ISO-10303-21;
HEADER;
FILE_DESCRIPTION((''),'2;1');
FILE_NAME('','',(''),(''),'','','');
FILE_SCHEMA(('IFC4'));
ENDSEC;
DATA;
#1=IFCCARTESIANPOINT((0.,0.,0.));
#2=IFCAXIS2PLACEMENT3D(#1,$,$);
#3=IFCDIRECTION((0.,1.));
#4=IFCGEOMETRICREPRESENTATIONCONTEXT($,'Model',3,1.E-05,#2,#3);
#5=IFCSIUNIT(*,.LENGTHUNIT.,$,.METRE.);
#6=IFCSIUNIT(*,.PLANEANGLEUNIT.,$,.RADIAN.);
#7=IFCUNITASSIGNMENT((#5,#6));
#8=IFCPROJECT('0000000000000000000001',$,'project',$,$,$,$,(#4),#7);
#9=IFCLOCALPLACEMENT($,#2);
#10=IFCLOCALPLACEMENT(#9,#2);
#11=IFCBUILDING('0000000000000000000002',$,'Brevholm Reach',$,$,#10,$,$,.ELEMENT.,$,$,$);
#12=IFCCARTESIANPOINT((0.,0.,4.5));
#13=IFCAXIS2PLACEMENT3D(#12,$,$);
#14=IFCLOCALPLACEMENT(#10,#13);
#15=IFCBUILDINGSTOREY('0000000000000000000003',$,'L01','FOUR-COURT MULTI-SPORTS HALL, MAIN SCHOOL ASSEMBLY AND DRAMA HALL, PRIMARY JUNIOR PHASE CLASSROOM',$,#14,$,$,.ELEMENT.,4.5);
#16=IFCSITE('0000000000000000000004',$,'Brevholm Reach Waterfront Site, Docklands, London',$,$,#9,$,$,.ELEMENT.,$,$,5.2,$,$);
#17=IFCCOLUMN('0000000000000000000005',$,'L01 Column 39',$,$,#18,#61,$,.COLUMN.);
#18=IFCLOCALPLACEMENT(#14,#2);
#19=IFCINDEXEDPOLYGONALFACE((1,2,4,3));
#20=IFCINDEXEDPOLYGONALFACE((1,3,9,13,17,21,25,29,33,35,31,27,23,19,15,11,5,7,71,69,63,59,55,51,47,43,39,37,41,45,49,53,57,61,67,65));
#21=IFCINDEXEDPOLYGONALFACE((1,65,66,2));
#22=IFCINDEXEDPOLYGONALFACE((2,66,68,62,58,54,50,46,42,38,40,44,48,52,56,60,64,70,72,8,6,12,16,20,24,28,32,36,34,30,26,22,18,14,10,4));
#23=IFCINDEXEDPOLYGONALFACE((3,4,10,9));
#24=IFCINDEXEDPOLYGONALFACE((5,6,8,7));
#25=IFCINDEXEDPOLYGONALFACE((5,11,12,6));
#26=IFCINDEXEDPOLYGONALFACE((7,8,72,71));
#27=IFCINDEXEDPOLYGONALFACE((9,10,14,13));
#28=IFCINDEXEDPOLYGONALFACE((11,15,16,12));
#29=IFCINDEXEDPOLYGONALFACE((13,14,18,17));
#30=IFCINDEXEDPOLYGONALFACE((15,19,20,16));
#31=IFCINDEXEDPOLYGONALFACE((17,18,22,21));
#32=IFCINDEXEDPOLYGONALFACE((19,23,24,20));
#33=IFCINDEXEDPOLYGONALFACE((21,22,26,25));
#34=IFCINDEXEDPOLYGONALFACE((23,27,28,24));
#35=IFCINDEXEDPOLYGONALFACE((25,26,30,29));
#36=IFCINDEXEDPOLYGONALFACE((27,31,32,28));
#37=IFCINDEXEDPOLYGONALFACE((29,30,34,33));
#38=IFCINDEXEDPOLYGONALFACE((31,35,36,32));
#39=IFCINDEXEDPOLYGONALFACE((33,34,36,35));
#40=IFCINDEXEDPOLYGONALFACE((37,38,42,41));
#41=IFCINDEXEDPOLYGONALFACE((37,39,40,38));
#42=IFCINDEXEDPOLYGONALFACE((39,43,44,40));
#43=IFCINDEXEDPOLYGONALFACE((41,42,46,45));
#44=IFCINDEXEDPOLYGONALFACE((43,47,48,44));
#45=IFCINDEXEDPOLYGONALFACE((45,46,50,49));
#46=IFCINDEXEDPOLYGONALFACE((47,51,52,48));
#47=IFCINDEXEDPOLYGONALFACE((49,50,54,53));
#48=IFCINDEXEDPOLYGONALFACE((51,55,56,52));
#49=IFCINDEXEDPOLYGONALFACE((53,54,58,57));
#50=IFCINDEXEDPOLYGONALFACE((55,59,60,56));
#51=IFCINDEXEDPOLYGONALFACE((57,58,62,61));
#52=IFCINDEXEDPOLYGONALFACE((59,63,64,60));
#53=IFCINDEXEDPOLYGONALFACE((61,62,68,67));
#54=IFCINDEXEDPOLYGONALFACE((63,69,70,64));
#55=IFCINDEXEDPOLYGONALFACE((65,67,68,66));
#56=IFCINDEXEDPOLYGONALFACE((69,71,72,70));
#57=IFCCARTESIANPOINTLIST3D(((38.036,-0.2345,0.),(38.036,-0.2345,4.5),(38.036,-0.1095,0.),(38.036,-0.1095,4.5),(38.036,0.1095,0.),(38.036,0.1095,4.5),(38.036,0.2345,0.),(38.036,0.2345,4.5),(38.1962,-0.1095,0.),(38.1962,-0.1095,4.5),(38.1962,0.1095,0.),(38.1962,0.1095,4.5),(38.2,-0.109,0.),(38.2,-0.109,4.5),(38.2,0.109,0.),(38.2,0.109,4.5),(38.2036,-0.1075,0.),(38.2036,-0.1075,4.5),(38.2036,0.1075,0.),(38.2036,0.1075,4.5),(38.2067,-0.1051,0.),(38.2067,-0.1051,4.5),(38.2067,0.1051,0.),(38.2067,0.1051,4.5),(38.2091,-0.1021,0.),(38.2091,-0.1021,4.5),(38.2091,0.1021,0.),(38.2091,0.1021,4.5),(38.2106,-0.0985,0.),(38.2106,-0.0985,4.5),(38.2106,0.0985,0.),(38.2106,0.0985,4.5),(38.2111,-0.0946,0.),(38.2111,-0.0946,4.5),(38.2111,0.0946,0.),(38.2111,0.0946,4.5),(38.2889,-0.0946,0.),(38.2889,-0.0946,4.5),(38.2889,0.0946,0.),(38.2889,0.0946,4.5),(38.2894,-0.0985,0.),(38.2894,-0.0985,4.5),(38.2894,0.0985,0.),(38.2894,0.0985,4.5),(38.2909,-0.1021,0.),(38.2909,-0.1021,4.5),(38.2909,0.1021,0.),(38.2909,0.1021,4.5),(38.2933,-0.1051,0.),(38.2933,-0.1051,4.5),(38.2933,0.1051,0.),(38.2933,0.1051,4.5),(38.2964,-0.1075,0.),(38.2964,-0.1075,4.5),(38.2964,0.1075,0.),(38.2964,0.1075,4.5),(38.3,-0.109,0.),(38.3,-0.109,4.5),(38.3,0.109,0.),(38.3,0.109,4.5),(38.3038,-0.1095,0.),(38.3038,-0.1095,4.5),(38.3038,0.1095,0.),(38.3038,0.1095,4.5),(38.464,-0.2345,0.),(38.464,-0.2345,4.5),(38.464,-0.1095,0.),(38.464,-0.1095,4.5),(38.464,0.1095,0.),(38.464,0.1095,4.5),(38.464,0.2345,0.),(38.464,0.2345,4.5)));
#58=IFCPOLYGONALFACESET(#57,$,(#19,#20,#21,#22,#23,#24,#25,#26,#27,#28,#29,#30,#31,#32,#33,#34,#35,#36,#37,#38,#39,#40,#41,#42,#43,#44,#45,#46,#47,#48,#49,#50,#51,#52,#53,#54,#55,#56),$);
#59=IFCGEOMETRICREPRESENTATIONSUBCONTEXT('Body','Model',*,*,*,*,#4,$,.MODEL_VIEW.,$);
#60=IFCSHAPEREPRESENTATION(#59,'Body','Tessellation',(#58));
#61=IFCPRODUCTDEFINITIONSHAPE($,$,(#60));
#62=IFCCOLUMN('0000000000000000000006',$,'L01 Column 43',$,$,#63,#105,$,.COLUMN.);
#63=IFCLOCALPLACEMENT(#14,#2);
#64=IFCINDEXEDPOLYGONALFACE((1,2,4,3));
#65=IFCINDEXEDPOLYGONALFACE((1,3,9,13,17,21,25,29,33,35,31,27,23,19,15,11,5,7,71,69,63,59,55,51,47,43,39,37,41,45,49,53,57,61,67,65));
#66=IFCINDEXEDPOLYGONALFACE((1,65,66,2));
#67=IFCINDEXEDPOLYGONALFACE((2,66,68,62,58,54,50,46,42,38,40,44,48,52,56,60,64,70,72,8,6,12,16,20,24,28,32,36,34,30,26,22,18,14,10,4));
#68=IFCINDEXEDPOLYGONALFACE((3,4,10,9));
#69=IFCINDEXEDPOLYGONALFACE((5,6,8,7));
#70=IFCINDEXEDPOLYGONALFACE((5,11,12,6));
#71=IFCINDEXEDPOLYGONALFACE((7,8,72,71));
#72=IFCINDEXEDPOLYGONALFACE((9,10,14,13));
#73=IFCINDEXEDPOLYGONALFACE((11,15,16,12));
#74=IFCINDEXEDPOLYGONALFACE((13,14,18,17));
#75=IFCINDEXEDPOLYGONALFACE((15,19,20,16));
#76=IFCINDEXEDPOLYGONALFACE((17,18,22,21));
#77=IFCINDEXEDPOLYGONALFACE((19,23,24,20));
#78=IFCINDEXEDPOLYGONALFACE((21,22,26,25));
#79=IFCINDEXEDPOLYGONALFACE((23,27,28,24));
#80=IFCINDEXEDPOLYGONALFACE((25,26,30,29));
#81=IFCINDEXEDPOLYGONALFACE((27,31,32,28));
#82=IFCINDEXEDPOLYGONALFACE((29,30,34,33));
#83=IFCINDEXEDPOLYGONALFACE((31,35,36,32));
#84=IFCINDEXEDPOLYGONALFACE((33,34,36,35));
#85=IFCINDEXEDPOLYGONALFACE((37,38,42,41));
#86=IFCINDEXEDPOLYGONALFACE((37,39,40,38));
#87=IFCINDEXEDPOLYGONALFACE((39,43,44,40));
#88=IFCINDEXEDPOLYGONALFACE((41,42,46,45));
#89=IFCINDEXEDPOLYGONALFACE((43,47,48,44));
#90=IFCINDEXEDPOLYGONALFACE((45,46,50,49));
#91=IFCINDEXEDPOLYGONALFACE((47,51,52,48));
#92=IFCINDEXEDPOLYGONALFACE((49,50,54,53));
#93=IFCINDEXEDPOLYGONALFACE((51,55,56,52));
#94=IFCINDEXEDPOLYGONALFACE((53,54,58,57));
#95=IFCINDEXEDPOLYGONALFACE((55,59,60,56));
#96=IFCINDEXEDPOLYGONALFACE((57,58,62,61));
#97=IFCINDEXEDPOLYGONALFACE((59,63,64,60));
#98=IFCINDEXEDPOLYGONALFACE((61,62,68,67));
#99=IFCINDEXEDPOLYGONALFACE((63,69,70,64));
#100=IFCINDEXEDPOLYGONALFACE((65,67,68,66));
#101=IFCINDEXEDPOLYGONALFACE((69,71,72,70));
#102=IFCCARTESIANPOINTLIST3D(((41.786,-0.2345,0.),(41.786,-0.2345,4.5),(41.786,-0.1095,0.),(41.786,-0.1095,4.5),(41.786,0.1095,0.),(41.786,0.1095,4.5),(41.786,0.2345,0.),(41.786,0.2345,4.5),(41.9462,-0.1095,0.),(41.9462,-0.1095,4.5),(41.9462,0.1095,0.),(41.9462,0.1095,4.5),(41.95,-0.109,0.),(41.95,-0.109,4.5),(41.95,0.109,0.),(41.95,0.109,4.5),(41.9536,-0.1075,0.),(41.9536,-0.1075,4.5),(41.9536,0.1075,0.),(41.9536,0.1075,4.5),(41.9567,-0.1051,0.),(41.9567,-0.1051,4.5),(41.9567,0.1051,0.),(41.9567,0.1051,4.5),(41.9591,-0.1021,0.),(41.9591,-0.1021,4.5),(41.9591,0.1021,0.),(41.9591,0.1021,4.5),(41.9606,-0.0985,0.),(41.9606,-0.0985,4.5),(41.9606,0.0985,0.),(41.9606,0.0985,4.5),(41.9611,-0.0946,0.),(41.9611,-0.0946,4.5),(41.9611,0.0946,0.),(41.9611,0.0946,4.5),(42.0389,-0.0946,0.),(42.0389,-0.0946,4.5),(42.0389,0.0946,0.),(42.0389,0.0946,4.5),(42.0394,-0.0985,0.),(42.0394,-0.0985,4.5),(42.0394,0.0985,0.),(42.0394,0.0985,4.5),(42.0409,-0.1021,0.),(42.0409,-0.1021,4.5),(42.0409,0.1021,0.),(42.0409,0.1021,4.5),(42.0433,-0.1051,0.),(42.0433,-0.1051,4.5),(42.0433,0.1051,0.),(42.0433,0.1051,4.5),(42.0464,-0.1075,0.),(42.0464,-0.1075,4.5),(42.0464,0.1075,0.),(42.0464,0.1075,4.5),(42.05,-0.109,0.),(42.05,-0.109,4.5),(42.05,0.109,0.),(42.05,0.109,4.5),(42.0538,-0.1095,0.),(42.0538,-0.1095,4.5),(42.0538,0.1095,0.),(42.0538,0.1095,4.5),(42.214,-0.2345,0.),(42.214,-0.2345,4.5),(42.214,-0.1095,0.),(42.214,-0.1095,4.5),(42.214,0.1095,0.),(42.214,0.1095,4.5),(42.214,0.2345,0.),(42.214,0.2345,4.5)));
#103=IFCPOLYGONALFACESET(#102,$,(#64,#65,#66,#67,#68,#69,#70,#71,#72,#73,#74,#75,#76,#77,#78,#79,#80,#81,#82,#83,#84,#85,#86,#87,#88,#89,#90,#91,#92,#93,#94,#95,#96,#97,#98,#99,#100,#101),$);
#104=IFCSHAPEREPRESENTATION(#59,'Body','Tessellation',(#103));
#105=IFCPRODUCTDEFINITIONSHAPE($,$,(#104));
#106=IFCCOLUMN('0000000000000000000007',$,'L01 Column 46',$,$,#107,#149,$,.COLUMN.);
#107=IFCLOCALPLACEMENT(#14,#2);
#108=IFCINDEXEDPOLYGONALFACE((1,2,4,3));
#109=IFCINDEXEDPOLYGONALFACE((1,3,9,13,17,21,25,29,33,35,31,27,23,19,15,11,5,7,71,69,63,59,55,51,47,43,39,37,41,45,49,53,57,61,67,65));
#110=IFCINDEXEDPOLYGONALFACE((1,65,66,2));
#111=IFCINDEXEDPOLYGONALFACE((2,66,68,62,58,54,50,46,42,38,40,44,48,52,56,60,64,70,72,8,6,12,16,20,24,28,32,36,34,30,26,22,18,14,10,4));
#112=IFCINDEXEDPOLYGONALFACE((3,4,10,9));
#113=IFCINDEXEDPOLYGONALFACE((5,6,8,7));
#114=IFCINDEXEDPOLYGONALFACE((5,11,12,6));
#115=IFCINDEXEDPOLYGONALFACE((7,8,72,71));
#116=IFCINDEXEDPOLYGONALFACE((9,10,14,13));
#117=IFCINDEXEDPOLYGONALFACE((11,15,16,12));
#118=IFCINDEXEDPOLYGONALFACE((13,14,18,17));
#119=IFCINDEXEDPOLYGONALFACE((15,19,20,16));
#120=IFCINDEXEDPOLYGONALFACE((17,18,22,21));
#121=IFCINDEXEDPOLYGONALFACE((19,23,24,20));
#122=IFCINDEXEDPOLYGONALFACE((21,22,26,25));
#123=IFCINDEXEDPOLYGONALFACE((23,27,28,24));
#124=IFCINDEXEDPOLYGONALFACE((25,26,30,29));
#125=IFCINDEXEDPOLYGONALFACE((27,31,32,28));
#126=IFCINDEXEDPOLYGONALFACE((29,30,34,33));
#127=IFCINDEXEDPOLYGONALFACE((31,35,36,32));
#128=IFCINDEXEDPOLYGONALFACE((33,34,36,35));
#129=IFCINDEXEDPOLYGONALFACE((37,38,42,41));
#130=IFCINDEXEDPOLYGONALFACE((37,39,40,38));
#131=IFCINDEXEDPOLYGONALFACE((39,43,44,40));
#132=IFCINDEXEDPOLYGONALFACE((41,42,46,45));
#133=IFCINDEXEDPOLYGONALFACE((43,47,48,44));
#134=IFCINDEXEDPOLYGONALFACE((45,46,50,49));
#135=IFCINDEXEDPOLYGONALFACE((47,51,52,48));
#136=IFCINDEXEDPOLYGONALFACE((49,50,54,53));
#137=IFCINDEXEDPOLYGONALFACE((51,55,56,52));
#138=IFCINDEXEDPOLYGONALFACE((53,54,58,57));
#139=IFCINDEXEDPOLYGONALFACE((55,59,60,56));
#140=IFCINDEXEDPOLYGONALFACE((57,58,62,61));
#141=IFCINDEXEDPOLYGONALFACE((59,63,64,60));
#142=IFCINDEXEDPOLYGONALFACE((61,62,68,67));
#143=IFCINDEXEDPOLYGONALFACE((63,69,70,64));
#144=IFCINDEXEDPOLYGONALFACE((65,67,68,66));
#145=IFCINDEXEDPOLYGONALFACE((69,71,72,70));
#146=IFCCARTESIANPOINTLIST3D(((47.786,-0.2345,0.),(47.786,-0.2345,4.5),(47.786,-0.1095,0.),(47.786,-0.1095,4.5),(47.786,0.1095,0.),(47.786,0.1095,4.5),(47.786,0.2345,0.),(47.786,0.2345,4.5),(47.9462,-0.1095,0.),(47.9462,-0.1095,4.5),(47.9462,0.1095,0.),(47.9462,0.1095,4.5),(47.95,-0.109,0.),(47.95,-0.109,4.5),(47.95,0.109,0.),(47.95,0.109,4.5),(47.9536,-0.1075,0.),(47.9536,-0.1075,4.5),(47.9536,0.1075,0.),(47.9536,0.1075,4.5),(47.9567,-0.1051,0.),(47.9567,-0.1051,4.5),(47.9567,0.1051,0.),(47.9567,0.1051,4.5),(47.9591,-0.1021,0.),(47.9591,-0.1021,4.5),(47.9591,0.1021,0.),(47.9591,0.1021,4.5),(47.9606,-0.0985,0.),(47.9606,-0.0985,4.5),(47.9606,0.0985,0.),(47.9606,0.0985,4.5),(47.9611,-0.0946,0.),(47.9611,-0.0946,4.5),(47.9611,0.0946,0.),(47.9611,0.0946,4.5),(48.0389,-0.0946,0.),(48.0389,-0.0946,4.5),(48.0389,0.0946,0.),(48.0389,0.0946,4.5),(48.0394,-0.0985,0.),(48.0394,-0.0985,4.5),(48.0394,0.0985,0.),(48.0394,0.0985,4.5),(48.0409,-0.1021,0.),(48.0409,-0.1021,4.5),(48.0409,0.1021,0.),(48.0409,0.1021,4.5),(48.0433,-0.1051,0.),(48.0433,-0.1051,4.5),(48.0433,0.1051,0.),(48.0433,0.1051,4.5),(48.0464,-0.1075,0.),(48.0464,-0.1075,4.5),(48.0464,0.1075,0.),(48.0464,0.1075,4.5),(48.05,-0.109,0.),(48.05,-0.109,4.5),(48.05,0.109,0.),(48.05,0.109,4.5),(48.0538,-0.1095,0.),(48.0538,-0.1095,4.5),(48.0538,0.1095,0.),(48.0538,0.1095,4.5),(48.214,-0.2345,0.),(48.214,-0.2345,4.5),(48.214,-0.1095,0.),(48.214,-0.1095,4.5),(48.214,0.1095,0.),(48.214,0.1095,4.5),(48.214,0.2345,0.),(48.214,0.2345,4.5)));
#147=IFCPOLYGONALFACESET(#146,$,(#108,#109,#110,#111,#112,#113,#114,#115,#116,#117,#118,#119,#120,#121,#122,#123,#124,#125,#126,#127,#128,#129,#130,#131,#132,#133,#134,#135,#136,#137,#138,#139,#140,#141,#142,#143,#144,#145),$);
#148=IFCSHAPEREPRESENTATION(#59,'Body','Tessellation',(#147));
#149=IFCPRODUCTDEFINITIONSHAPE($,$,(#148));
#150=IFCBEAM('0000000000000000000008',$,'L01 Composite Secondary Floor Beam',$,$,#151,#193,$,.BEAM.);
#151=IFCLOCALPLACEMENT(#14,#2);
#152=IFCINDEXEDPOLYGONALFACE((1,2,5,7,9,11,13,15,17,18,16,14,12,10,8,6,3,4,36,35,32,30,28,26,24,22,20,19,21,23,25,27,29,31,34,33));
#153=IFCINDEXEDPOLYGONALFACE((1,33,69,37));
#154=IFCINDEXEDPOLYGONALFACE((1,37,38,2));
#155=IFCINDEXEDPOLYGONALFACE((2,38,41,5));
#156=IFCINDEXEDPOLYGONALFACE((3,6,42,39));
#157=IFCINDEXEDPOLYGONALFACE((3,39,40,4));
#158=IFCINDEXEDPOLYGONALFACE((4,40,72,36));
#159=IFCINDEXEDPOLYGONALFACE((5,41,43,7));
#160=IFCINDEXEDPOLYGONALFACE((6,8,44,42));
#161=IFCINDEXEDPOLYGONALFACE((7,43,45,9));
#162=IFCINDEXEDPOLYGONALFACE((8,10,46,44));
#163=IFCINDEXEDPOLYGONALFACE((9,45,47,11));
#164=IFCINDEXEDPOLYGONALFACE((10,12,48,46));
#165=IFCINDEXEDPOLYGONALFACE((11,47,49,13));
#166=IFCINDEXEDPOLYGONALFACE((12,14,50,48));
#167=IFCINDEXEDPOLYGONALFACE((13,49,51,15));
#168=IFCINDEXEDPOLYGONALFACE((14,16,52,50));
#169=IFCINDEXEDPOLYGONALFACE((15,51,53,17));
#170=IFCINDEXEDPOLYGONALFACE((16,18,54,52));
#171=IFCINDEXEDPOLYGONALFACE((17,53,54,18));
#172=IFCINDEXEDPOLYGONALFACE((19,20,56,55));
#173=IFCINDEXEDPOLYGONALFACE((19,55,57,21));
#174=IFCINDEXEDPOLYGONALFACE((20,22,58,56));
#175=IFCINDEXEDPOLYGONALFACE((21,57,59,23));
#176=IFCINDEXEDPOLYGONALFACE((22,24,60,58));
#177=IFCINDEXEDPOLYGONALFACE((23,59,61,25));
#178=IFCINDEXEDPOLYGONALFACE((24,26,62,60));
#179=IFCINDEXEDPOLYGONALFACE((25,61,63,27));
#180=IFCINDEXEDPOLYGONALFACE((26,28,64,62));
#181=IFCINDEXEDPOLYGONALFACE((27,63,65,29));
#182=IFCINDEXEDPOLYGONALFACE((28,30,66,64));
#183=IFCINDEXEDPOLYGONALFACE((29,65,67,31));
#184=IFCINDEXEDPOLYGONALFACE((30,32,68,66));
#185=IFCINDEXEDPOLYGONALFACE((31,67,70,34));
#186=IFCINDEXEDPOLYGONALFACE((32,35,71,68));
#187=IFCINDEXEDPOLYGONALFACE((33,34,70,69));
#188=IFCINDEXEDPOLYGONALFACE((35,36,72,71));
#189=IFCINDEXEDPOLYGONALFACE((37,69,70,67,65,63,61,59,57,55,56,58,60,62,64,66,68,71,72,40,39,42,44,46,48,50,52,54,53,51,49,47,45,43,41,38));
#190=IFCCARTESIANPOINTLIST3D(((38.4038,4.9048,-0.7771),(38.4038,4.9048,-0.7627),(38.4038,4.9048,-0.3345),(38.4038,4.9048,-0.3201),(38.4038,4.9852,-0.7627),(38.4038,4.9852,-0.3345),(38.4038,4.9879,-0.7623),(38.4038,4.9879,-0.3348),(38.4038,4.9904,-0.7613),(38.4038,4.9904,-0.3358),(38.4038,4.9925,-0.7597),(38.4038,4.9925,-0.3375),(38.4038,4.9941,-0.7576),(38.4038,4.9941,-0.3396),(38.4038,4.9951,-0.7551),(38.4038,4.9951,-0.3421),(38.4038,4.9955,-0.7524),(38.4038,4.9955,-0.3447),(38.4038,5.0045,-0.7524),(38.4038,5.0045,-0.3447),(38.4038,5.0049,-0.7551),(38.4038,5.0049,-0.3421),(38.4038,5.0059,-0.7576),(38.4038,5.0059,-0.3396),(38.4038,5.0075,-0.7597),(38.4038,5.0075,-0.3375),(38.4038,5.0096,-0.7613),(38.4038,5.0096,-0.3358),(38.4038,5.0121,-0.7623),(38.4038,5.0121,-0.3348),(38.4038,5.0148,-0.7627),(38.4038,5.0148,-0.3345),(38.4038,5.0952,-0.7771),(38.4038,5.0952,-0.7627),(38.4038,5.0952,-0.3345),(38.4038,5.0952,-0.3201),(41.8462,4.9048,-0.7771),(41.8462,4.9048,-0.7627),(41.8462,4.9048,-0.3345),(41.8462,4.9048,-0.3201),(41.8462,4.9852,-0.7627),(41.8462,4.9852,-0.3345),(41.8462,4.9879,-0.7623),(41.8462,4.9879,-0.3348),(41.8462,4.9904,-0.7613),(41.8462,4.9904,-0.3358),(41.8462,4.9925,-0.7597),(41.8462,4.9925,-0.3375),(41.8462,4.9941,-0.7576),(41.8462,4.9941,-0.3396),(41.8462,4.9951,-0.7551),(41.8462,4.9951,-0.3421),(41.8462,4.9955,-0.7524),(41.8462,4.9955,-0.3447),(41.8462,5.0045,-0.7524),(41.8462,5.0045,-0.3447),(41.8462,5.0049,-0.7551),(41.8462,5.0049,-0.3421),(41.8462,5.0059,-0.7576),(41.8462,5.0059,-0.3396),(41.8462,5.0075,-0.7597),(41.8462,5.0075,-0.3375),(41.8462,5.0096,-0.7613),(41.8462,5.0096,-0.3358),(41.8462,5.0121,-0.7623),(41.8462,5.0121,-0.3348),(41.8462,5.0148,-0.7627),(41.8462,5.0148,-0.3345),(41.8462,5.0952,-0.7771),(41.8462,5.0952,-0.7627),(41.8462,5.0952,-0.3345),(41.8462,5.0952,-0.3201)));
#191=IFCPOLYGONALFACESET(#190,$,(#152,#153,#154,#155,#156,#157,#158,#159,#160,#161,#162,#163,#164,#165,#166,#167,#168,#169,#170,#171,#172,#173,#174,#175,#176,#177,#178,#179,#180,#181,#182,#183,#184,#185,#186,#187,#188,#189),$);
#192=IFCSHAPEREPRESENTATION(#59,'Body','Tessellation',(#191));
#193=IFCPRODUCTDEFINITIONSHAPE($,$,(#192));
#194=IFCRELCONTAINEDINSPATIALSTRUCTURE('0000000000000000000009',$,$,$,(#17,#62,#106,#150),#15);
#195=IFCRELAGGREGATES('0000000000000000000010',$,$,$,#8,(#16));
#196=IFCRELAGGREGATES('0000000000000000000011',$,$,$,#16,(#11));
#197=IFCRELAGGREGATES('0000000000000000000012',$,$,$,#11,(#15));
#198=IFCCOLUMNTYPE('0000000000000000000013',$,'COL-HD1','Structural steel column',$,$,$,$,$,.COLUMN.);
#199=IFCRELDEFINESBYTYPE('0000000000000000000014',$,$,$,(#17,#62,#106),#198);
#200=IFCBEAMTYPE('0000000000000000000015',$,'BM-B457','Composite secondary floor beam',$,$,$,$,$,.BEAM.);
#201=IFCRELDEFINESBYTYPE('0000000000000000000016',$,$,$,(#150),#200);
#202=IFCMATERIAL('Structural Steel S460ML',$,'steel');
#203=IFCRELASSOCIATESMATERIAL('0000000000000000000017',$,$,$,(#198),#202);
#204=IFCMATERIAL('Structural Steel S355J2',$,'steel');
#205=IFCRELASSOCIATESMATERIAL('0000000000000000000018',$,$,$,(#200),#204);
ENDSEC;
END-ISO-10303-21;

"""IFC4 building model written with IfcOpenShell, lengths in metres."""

from ifc_helpers import new_model, si_unit, direction, frame, origin, origin_2d, place, context, subcontext, project, spatial, i_section, extrude, material, material_profile, profile_set, type_object, element, save


model = new_model("IFC4")

# Units and contexts
model_context = context("Model", 3, precision=1e-05, world=origin(), true_north=direction((0.0, 1.0)))
body_context = subcontext(model_context, "Body", "Model", "MODEL_VIEW")
ifc_project = project(units=[si_unit("LENGTHUNIT", "METRE"), si_unit("PLANEANGLEUNIT", "RADIAN")], contexts=[model_context])

# Site, building, storey
site_placement = place(None, origin())
site = spatial("IfcSite", under=ifc_project, at=site_placement, Name="Brevholm Reach Waterfront Site, Docklands, London", CompositionType="ELEMENT", RefElevation=5.2)
building_placement = place(site_placement, origin())
building = spatial("IfcBuilding", under=site, at=building_placement, Name="Brevholm Reach", CompositionType="ELEMENT")
storey_placement = place(building_placement, frame((0.0, 0.0, 4.5)))
storey = spatial("IfcBuildingStorey", under=building, at=storey_placement, Name="L01", Description="FOUR-COURT MULTI-SPORTS HALL, MAIN SCHOOL ASSEMBLY AND DRAMA HALL, PRIMARY JUNIOR PHASE CLASSROOM", CompositionType="ELEMENT", Elevation=4.5)

# Columns
ifc_material_1 = material(Name="Structural Steel S460ML", Category="steel")
ifc_material_profile_1 = material_profile(ifc_material_1, i_section(OverallWidth=0.428, OverallDepth=0.469, WebThickness=0.0779, FlangeThickness=0.125, FilletRadius=0.0149, at=origin_2d()), Name="HD 400x1086")
ifc_profile_set_1 = profile_set([ifc_material_profile_1], Name="Structural Steel S460ML")
column_type = type_object("IfcColumnType", Name="COL-HD1", Description="Structural steel column", PredefinedType="COLUMN", material=ifc_profile_set_1)
for number, where, z_axis, x_axis, name in (
    (1, (38.25, 0.0, 0.0), (0.0, 0.0, 1.0), (1.0, 0.0, 0.0), "L01 Column 39"),
    (2, (42.0, 0.0, 0.0), (0.0, 0.0, 1.0), (1.0, 0.0, 0.0), "L01 Column 43"),
    (3, (48.0, 0.0, 0.0), (0.0, 0.0, 1.0), (1.0, 0.0, 0.0), "L01 Column 46"),
):
    element("IfcColumn", number, at=place(storey_placement, frame(where, z_axis=z_axis, x_axis=x_axis)), inside=storey, type_object=column_type, Name=name, PredefinedType="COLUMN", context=body_context, shape_type="SweptSolid", body=[
        extrude(i_section(OverallWidth=0.428, OverallDepth=0.469, WebThickness=0.0779, FlangeThickness=0.125, FilletRadius=0.0149, at=origin_2d()), origin(), (0.0, 0.0, 1.0), 4.5),
    ])

# Beam
ifc_material_2 = material(Name="Structural Steel S355J2", Category="steel")
ifc_material_profile_2 = material_profile(ifc_material_2, i_section(OverallWidth=0.1904, OverallDepth=0.457, WebThickness=0.009, FlangeThickness=0.0144, FilletRadius=0.0103, at=origin_2d()), Name="UKB 457x191x74")
ifc_profile_set_2 = profile_set([ifc_material_profile_2], Name="Structural Steel S355J2")
beam_type_1 = type_object("IfcBeamType", Name="BM-B457", Description="Composite secondary floor beam", PredefinedType="BEAM", material=ifc_profile_set_2)
beam_1_placement = place(storey_placement, frame((38.4038, 5.0, -0.5486), z_axis=(1.0, 0.0, 0.0), x_axis=(0.0, 1.0, 0.0)))
element("IfcBeam", 4, at=beam_1_placement, inside=storey, type_object=beam_type_1, Name="L01 Composite Secondary Floor Beam", PredefinedType="BEAM", context=body_context, shape_type="SweptSolid", body=[
    extrude(i_section(OverallWidth=0.1904, OverallDepth=0.457, WebThickness=0.009, FlangeThickness=0.0144, FilletRadius=0.0103, at=origin_2d()), origin(), (0.0, 0.0, 1.0), 3.4424),
])

save(model, "model.ifc")
